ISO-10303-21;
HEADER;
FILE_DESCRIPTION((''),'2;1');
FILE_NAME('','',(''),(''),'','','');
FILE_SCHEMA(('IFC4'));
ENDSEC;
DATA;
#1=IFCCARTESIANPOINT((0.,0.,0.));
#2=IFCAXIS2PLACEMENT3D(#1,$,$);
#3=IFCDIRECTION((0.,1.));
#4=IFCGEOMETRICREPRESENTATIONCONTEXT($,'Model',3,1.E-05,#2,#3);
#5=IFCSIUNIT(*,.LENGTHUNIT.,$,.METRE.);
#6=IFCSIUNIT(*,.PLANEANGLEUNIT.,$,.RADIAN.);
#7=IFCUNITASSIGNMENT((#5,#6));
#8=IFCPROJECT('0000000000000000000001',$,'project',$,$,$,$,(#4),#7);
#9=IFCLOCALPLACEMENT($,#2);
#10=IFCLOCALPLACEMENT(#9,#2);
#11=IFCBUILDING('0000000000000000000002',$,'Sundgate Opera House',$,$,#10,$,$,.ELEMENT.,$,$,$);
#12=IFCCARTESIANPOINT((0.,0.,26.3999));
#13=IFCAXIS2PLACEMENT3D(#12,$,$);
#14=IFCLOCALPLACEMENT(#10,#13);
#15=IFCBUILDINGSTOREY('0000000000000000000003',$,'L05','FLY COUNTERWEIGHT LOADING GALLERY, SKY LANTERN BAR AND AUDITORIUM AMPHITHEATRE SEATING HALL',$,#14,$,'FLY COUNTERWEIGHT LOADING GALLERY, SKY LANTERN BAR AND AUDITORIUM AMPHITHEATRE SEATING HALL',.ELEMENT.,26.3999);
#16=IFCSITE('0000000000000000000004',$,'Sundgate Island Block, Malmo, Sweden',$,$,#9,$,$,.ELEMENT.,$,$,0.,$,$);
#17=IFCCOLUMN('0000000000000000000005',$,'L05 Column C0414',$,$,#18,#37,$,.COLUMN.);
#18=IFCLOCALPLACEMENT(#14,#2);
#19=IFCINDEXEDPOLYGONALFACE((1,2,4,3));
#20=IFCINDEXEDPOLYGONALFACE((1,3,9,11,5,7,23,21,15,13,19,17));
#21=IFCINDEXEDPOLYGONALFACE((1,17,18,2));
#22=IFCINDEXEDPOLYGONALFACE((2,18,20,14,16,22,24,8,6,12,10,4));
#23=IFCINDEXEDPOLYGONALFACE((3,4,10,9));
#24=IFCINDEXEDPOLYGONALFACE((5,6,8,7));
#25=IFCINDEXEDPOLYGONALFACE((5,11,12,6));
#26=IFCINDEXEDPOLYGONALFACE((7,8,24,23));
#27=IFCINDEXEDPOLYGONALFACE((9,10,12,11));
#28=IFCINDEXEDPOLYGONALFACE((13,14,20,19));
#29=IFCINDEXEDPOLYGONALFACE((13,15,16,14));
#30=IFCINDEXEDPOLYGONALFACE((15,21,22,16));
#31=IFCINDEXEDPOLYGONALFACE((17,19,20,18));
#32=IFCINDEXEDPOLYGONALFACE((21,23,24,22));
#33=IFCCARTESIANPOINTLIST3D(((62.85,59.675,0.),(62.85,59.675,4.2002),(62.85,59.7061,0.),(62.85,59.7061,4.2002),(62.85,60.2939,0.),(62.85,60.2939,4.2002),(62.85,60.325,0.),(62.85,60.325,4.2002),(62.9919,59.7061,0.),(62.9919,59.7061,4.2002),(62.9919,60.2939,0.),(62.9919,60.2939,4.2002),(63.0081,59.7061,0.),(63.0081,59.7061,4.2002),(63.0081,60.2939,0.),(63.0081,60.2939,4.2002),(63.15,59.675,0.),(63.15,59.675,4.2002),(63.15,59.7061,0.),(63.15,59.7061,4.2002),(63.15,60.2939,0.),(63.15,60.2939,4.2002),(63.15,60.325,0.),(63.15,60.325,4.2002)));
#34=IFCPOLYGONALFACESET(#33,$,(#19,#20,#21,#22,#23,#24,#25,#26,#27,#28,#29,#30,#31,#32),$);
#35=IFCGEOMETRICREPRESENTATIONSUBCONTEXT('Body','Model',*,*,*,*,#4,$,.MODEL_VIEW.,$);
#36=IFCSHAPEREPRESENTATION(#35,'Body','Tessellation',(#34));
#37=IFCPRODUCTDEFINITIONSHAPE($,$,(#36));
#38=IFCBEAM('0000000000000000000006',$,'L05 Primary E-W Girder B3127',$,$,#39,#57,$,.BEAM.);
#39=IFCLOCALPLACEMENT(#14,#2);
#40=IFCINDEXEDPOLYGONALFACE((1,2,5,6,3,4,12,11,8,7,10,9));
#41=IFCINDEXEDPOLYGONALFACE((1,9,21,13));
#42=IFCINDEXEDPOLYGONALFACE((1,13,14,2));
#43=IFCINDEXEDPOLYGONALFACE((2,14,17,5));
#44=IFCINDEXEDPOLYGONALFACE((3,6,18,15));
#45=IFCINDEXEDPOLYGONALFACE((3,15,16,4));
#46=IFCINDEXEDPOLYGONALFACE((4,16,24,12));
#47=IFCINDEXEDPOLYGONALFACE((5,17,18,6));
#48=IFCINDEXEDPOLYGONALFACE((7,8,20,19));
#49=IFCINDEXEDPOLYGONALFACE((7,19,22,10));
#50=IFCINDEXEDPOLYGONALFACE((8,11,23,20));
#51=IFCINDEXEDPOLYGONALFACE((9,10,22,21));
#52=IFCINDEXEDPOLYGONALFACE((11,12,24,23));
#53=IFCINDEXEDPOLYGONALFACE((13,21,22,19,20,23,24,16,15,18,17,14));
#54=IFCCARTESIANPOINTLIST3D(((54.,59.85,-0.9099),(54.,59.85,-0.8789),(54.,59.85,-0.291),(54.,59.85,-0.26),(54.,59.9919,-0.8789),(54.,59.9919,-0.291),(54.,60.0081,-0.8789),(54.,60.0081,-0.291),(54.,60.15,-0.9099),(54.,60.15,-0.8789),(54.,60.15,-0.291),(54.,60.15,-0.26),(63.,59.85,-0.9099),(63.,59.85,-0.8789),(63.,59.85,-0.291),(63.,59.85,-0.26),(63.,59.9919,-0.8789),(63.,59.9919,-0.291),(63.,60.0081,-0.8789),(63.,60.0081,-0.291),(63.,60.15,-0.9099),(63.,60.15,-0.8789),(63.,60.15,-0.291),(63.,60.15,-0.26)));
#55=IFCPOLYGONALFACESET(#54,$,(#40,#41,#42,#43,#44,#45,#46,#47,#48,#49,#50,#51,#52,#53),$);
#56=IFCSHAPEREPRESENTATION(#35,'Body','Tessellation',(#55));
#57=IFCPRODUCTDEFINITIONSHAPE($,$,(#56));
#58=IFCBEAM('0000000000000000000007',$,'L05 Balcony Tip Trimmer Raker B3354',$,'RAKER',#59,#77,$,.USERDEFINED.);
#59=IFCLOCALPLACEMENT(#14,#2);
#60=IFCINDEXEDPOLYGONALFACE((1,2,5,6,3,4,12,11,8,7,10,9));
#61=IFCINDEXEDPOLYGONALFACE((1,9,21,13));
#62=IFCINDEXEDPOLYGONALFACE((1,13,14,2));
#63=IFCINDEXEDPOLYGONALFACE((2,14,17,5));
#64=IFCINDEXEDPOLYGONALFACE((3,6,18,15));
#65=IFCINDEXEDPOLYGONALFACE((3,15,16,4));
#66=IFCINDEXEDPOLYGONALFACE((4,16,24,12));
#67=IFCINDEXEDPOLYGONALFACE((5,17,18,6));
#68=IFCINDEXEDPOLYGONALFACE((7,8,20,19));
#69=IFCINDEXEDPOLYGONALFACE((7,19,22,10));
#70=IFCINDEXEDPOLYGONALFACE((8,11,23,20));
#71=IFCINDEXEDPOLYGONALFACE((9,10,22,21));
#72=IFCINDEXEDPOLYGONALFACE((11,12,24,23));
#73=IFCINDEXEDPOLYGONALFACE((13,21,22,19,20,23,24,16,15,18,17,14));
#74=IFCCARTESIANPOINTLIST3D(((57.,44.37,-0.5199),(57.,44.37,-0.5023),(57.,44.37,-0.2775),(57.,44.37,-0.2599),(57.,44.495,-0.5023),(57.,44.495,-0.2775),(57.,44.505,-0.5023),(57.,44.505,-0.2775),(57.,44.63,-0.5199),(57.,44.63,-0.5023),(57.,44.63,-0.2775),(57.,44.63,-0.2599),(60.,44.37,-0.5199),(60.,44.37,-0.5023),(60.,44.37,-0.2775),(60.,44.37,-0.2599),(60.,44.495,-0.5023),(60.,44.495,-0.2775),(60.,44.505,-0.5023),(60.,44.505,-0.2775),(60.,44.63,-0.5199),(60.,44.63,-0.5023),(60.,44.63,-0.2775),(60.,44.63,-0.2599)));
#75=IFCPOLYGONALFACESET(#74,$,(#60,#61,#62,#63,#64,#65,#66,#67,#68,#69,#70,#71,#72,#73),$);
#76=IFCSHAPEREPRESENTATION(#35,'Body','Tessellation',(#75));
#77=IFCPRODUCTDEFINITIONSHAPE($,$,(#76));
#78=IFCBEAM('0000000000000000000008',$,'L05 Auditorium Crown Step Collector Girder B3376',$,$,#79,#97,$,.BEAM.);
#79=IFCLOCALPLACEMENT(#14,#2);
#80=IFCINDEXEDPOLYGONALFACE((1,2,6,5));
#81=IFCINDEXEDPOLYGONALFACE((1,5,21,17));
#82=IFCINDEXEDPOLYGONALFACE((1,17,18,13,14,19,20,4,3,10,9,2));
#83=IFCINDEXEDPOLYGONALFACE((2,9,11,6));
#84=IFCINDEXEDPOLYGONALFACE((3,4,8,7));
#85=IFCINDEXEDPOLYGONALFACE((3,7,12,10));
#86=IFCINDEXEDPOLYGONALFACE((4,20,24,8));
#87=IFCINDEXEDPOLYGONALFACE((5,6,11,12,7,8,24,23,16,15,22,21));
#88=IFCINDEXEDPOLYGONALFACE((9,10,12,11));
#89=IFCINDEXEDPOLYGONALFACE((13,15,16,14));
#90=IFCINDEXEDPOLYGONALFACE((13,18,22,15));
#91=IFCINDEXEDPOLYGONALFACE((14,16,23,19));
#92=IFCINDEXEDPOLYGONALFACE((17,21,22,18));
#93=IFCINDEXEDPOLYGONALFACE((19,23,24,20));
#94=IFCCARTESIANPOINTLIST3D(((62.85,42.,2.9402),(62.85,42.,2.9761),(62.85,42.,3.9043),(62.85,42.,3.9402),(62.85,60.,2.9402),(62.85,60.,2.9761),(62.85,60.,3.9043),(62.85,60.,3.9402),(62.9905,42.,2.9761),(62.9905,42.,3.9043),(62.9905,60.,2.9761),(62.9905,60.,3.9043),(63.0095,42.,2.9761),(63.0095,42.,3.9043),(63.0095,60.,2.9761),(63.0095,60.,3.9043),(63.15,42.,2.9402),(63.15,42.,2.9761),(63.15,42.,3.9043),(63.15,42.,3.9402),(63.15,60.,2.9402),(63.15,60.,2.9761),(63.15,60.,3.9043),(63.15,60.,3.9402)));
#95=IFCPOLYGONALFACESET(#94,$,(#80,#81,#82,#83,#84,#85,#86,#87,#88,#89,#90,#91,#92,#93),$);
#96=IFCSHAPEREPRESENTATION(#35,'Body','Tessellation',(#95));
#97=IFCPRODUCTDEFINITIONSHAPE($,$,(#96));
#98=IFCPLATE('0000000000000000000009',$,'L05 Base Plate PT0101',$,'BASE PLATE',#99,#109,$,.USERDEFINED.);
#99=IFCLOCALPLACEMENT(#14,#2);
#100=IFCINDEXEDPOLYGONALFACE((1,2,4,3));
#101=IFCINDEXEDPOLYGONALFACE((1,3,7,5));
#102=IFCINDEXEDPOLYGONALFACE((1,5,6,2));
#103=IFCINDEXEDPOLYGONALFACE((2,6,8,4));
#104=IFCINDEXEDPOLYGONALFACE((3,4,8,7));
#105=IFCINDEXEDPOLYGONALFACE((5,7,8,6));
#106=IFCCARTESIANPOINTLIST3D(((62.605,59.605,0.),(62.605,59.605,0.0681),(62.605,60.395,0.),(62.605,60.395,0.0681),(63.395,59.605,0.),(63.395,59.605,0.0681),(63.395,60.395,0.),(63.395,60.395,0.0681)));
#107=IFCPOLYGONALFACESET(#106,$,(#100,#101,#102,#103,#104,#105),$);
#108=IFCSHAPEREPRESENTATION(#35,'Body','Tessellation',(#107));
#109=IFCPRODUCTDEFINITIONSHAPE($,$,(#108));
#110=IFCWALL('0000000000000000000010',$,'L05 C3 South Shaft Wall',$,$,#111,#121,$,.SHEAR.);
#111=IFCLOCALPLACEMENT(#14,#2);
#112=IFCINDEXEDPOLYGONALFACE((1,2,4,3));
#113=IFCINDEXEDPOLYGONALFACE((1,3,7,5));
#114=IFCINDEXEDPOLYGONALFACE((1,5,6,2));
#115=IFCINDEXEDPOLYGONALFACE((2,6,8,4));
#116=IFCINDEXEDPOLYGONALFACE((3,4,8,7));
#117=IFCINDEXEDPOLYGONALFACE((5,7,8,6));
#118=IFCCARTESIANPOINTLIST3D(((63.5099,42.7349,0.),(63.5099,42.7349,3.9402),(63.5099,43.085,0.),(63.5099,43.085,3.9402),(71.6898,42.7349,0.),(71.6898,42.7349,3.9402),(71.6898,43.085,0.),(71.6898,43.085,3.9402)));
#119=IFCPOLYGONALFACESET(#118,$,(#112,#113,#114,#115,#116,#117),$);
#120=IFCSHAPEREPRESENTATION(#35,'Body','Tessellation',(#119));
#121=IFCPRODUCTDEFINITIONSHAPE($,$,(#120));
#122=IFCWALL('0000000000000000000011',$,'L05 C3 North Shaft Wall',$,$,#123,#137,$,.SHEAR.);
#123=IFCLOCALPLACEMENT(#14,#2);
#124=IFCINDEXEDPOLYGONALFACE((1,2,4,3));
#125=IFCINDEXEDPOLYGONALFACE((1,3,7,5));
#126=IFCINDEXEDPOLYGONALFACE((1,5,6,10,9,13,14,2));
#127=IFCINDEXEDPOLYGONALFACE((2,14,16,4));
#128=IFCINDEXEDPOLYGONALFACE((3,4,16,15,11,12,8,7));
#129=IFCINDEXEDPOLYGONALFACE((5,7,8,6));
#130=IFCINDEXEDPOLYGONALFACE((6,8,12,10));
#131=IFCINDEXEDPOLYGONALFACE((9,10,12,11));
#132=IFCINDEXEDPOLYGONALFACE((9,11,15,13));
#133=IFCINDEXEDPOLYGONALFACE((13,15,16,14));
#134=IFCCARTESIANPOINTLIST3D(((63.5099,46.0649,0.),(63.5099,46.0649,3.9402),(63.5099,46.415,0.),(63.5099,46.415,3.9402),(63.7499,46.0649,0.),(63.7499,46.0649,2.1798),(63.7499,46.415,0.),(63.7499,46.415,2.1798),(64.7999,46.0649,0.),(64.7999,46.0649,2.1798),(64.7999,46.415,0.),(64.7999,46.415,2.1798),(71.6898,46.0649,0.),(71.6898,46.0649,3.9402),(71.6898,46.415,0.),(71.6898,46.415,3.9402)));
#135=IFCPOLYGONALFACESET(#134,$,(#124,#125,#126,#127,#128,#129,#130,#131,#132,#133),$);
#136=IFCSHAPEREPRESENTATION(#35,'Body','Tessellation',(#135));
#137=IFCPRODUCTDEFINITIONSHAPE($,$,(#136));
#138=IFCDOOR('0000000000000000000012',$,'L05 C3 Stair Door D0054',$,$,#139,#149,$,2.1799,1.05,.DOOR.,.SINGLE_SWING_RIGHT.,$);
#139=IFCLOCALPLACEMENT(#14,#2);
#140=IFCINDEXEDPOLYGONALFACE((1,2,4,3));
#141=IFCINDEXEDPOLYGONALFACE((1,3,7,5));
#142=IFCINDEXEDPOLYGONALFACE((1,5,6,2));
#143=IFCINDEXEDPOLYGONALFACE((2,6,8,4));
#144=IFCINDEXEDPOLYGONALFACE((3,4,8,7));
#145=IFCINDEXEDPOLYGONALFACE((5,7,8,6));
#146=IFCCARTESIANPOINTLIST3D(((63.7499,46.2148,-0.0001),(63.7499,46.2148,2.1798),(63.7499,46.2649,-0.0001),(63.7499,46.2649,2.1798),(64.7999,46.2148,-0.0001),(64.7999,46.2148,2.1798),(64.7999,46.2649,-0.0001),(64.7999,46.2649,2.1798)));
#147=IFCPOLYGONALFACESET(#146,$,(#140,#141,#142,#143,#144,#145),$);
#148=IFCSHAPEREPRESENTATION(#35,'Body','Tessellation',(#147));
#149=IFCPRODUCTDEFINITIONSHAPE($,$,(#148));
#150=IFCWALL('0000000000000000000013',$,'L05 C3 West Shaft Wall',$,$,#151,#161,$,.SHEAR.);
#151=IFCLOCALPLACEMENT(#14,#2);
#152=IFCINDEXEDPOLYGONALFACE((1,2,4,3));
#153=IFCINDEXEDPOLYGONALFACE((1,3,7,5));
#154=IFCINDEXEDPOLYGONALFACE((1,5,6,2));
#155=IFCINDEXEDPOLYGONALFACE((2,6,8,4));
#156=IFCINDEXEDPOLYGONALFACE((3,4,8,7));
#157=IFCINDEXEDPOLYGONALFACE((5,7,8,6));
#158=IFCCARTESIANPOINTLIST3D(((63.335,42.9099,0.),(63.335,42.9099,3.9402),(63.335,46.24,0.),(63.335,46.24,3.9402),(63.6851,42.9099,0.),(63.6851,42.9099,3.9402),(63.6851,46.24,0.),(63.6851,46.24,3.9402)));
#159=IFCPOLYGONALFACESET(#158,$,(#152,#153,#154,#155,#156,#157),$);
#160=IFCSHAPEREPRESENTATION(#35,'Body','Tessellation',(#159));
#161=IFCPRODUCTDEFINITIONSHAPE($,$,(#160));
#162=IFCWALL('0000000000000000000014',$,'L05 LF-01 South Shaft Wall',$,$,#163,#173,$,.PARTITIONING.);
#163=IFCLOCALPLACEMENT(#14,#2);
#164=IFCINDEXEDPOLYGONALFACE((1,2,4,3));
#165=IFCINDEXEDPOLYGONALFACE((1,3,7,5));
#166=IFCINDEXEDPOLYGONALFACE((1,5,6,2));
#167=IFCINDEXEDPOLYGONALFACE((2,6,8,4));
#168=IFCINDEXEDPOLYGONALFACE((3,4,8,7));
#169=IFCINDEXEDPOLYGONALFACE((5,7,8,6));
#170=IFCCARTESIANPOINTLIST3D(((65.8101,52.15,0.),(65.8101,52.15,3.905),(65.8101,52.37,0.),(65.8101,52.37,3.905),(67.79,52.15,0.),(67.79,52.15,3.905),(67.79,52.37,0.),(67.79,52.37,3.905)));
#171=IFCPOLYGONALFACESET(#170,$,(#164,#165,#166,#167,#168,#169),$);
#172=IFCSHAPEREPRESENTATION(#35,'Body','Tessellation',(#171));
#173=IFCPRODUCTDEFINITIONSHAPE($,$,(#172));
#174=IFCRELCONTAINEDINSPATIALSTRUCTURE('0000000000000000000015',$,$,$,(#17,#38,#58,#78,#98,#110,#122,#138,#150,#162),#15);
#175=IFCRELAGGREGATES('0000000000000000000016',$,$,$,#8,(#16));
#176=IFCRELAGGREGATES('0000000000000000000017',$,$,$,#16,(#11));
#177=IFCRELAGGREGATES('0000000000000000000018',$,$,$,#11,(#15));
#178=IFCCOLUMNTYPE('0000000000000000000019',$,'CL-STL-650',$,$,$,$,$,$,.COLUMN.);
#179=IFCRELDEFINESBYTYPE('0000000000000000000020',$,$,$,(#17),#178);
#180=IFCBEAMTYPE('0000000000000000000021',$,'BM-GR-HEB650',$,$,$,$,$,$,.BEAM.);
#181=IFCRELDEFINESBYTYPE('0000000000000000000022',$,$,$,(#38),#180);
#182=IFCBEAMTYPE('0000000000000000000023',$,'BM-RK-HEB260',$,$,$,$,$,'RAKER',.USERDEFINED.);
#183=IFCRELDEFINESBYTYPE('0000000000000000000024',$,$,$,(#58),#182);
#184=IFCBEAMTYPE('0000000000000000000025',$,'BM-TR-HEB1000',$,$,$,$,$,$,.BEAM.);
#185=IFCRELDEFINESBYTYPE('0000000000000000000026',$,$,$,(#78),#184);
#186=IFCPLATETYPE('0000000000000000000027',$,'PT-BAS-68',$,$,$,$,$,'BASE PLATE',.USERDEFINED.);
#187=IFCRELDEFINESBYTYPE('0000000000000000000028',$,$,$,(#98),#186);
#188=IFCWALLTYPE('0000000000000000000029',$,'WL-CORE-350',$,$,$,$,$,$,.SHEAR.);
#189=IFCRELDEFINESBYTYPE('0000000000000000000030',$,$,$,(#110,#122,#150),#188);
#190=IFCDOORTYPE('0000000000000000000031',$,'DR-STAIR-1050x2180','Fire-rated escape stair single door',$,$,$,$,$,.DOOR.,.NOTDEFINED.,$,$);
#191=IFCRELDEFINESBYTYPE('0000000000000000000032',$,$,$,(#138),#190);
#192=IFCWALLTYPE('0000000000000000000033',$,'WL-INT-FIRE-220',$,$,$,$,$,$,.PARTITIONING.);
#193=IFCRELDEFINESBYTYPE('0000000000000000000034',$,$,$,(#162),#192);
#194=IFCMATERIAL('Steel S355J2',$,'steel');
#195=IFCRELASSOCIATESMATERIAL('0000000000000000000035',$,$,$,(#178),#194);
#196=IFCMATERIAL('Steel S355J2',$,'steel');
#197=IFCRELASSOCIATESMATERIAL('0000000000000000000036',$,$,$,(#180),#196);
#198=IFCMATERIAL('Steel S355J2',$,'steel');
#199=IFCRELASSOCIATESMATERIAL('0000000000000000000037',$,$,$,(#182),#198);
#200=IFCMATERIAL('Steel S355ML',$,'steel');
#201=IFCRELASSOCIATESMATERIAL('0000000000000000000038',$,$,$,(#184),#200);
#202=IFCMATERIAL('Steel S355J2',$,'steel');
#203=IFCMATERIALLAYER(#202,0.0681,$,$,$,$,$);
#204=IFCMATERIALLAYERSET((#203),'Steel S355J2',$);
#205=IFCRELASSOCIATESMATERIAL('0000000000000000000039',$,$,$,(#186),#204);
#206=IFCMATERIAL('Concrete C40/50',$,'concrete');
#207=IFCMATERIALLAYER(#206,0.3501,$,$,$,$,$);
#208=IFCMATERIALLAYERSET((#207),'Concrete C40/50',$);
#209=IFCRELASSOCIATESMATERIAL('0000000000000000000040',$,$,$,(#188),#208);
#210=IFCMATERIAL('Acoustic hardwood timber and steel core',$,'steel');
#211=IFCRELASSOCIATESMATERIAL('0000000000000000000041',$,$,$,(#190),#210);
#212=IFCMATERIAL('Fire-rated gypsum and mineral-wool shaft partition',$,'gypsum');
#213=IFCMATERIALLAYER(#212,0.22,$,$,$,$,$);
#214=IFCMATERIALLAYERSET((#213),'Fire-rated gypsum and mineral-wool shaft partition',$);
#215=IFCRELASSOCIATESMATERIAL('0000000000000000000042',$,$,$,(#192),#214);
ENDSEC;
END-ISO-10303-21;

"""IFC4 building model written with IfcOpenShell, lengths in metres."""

from ifc_helpers import new_model, si_unit, direction, frame, frame_2d, origin, origin_2d, place, context, subcontext, project, spatial, rectangle, i_section, extrude, material, layer, layer_set, material_profile, profile_set, type_object, element, fill, save


model = new_model("IFC4")

# Units and contexts
model_context = context("Model", 3, precision=1e-05, world=origin(), true_north=direction((0.0, 1.0)))
body_context = subcontext(model_context, "Body", "Model", "MODEL_VIEW")
ifc_project = project(units=[si_unit("LENGTHUNIT", "METRE"), si_unit("PLANEANGLEUNIT", "RADIAN")], contexts=[model_context])

# Site, building, storey
site_placement = place(None, origin())
site = spatial("IfcSite", under=ifc_project, at=site_placement, Name="Sundgate Island Block, Malmo, Sweden", CompositionType="ELEMENT", RefElevation=0.0)
building_placement = place(site_placement, origin())
building = spatial("IfcBuilding", under=site, at=building_placement, Name="Sundgate Opera House", CompositionType="ELEMENT")
storey_placement = place(building_placement, frame((0.0, 0.0, 26.3999)))
storey = spatial("IfcBuildingStorey", under=building, at=storey_placement, Name="L05", Description="FLY COUNTERWEIGHT LOADING GALLERY, SKY LANTERN BAR AND AUDITORIUM AMPHITHEATRE SEATING HALL", LongName="FLY COUNTERWEIGHT LOADING GALLERY, SKY LANTERN BAR AND AUDITORIUM AMPHITHEATRE SEATING HALL", CompositionType="ELEMENT", Elevation=26.3999)

# Column
ifc_material_1 = material(Name="Steel S355J2", Category="steel")
ifc_material_profile_1 = material_profile(ifc_material_1, i_section(OverallWidth=0.3, OverallDepth=0.6499, WebThickness=0.0161, FlangeThickness=0.031, at=origin_2d()), Name="HEB 650")
ifc_profile_set_1 = profile_set([ifc_material_profile_1], Name="Steel S355J2")
column_type = type_object("IfcColumnType", Name="CL-STL-650", PredefinedType="COLUMN", material=ifc_profile_set_1)
column_placement = place(storey_placement, frame((63.0, 60.0, 0.0), z_axis=(0.0, 0.0, 1.0), x_axis=(1.0, 0.0, 0.0)))
element("IfcColumn", 1, at=column_placement, inside=storey, type_object=column_type, Name="L05 Column C0414", PredefinedType="COLUMN", context=body_context, shape_type="SweptSolid", body=[
    extrude(i_section(OverallWidth=0.3, OverallDepth=0.6499, WebThickness=0.0161, FlangeThickness=0.031, at=origin_2d()), origin(), (0.0, 0.0, 1.0), 4.2002),
])

# Beams
ifc_material_2 = material(Name="Steel S355J2", Category="steel")
ifc_material_profile_2 = material_profile(ifc_material_2, i_section(OverallWidth=0.3, OverallDepth=0.6499, WebThickness=0.0161, FlangeThickness=0.031, at=origin_2d()), Name="HEB 650")
ifc_profile_set_2 = profile_set([ifc_material_profile_2], Name="Steel S355J2")
beam_type_1 = type_object("IfcBeamType", Name="BM-GR-HEB650", PredefinedType="BEAM", material=ifc_profile_set_2)
beam_1_placement = place(storey_placement, frame((54.0, 60.0, -0.585), z_axis=(1.0, 0.0, 0.0), x_axis=(0.0, 1.0, 0.0)))
element("IfcBeam", 2, at=beam_1_placement, inside=storey, type_object=beam_type_1, Name="L05 Primary E-W Girder B3127", PredefinedType="BEAM", context=body_context, shape_type="SweptSolid", body=[
    extrude(i_section(OverallWidth=0.3, OverallDepth=0.6499, WebThickness=0.0161, FlangeThickness=0.031, at=origin_2d()), origin(), (0.0, 0.0, 1.0), 9.0),
])
ifc_material_3 = material(Name="Steel S355J2", Category="steel")
ifc_material_profile_3 = material_profile(ifc_material_3, i_section(OverallWidth=0.26, OverallDepth=0.26, WebThickness=0.01, FlangeThickness=0.0176, at=origin_2d()), Name="HEB 260")
ifc_profile_set_3 = profile_set([ifc_material_profile_3], Name="Steel S355J2")
beam_type_2 = type_object("IfcBeamType", Name="BM-RK-HEB260", ElementType="RAKER", PredefinedType="USERDEFINED", material=ifc_profile_set_3)
beam_2_placement = place(storey_placement, frame((57.0, 44.5, -0.3899), z_axis=(1.0, 0.0, 0.0), x_axis=(0.0, 1.0, 0.0)))
element("IfcBeam", 3, at=beam_2_placement, inside=storey, type_object=beam_type_2, Name="L05 Balcony Tip Trimmer Raker B3354", ObjectType="RAKER", PredefinedType="USERDEFINED", context=body_context, shape_type="SweptSolid", body=[
    extrude(i_section(OverallWidth=0.26, OverallDepth=0.26, WebThickness=0.01, FlangeThickness=0.0176, at=origin_2d()), origin(), (0.0, 0.0, 1.0), 3.0),
])
ifc_material_4 = material(Name="Steel S355ML", Category="steel")
ifc_material_profile_4 = material_profile(ifc_material_4, i_section(OverallWidth=0.3, OverallDepth=1.0, WebThickness=0.019, FlangeThickness=0.0359, at=origin_2d()), Name="HEB 1000")
ifc_profile_set_4 = profile_set([ifc_material_profile_4], Name="Steel S355ML")
beam_type_3 = type_object("IfcBeamType", Name="BM-TR-HEB1000", PredefinedType="BEAM", material=ifc_profile_set_4)
beam_3_placement = place(storey_placement, frame((63.0, 42.0, 3.4402), z_axis=(0.0, 1.0, 0.0), x_axis=(-1.0, 0.0, 0.0)))
element("IfcBeam", 4, at=beam_3_placement, inside=storey, type_object=beam_type_3, Name="L05 Auditorium Crown Step Collector Girder B3376", PredefinedType="BEAM", context=body_context, shape_type="SweptSolid", body=[
    extrude(i_section(OverallWidth=0.3, OverallDepth=1.0, WebThickness=0.019, FlangeThickness=0.0359, at=origin_2d()), origin(), (0.0, 0.0, 1.0), 18.0),
])

# Plate
ifc_material_5 = material(Name="Steel S355J2", Category="steel")
ifc_layer_1 = layer(ifc_material_5, 0.0681)
ifc_layer_set_1 = layer_set([ifc_layer_1], Name="Steel S355J2")
plate_type = type_object("IfcPlateType", Name="PT-BAS-68", ElementType="BASE PLATE", PredefinedType="USERDEFINED", material=ifc_layer_set_1)
plate_placement = place(storey_placement, frame((63.0, 60.0, 0.0), z_axis=(0.0, 0.0, 1.0), x_axis=(1.0, 0.0, 0.0)))
element("IfcPlate", 5, at=plate_placement, inside=storey, type_object=plate_type, Name="L05 Base Plate PT0101", ObjectType="BASE PLATE", PredefinedType="USERDEFINED", context=body_context, shape_type="SweptSolid", body=[
    extrude(rectangle(XDim=0.79, YDim=0.79, at=origin_2d()), origin(), (0.0, 0.0, 1.0), 0.0681),
])

# Wall
ifc_material_6 = material(Name="Concrete C40/50", Category="concrete")
ifc_layer_2 = layer(ifc_material_6, 0.3501)
ifc_layer_set_2 = layer_set([ifc_layer_2], Name="Concrete C40/50")
wall_type_1 = type_object("IfcWallType", Name="WL-CORE-350", PredefinedType="SHEAR", material=ifc_layer_set_2)
wall_1_placement = place(storey_placement, frame((63.51, 42.9099, 0.0), z_axis=(0.0, 0.0, 1.0), x_axis=(1.0, 0.0, 0.0)))
element("IfcWall", 6, at=wall_1_placement, inside=storey, type_object=wall_type_1, Name="L05 C3 South Shaft Wall", PredefinedType="SHEAR", context=body_context, shape_type="SweptSolid", body=[
    extrude(rectangle(XDim=8.1799, YDim=0.3501, at=frame_2d((4.0898, 0.0))), origin(), (0.0, 0.0, 1.0), 3.9402),
])

# Wall, opening, door
wall_2_placement = place(storey_placement, frame((63.51, 46.24, 0.0), z_axis=(0.0, 0.0, 1.0), x_axis=(1.0, 0.0, 0.0)))
wall_2 = element("IfcWall", 7, at=wall_2_placement, inside=storey, type_object=wall_type_1, Name="L05 C3 North Shaft Wall", PredefinedType="SHEAR", context=body_context, shape_type="SweptSolid", body=[
    extrude(rectangle(XDim=8.1799, YDim=0.3501, at=frame_2d((4.0898, 0.0))), origin(), (0.0, 0.0, 1.0), 3.9402),
])
opening_1_placement = place(wall_2_placement, frame((0.24, 0.0, 0.0)))
opening_1 = element("IfcOpeningElement", 8, at=opening_1_placement, cuts=wall_2, PredefinedType="OPENING", context=body_context, shape_type="SweptSolid", body=[
    extrude(rectangle(XDim=1.05, YDim=2.1799, at=frame_2d((0.5249, 1.0898))), frame((0.0, 0.1851, 0.0), z_axis=(0.0, -1.0, 0.0), x_axis=(1.0, 0.0, 0.0)), (0.0, 0.0, 1.0), 0.3701),
])
ifc_material_7 = material(Name="Acoustic hardwood timber and steel core", Category="steel")
door_type_1 = type_object("IfcDoorType", Name="DR-STAIR-1050x2180", Description="Fire-rated escape stair single door", OperationType="NOTDEFINED", PredefinedType="DOOR", material=ifc_material_7)
door_1_placement = place(opening_1_placement, origin())
door_1 = element("IfcDoor", 9, at=door_1_placement, inside=storey, type_object=door_type_1, Name="L05 C3 Stair Door D0054", OperationType="SINGLE_SWING_RIGHT", OverallHeight=2.1799, OverallWidth=1.05, PredefinedType="DOOR", context=body_context, shape_type="SweptSolid", body=[
    extrude(rectangle(XDim=1.05, YDim=2.1799, at=frame_2d((0.5249, 1.0898))), frame((0.0, 0.0249, 0.0), z_axis=(0.0, -1.0, 0.0), x_axis=(1.0, 0.0, 0.0)), (0.0, 0.0, 1.0), 0.05),
])
fill(opening_1, door_1)

# Walls
wall_3_placement = place(storey_placement, frame((63.51, 42.9099, 0.0), z_axis=(0.0, 0.0, 1.0), x_axis=(0.0, 1.0, 0.0)))
element("IfcWall", 10, at=wall_3_placement, inside=storey, type_object=wall_type_1, Name="L05 C3 West Shaft Wall", PredefinedType="SHEAR", context=body_context, shape_type="SweptSolid", body=[
    extrude(rectangle(XDim=3.3301, YDim=0.3501, at=frame_2d((1.665, 0.0))), origin(), (0.0, 0.0, 1.0), 3.9402),
])
ifc_material_8 = material(Name="Fire-rated gypsum and mineral-wool shaft partition", Category="gypsum")
ifc_layer_3 = layer(ifc_material_8, 0.22)
ifc_layer_set_3 = layer_set([ifc_layer_3], Name="Fire-rated gypsum and mineral-wool shaft partition")
wall_type_2 = type_object("IfcWallType", Name="WL-INT-FIRE-220", PredefinedType="PARTITIONING", material=ifc_layer_set_3)
wall_4_placement = place(storey_placement, frame((65.8101, 52.26, 0.0), z_axis=(0.0, 0.0, 1.0), x_axis=(1.0, 0.0, 0.0)))
element("IfcWall", 11, at=wall_4_placement, inside=storey, type_object=wall_type_2, Name="L05 LF-01 South Shaft Wall", PredefinedType="PARTITIONING", context=body_context, shape_type="SweptSolid", body=[
    extrude(rectangle(XDim=1.98, YDim=0.22, at=frame_2d((0.99, 0.0))), origin(), (0.0, 0.0, 1.0), 3.905),
])

save(model, "model.ifc")
